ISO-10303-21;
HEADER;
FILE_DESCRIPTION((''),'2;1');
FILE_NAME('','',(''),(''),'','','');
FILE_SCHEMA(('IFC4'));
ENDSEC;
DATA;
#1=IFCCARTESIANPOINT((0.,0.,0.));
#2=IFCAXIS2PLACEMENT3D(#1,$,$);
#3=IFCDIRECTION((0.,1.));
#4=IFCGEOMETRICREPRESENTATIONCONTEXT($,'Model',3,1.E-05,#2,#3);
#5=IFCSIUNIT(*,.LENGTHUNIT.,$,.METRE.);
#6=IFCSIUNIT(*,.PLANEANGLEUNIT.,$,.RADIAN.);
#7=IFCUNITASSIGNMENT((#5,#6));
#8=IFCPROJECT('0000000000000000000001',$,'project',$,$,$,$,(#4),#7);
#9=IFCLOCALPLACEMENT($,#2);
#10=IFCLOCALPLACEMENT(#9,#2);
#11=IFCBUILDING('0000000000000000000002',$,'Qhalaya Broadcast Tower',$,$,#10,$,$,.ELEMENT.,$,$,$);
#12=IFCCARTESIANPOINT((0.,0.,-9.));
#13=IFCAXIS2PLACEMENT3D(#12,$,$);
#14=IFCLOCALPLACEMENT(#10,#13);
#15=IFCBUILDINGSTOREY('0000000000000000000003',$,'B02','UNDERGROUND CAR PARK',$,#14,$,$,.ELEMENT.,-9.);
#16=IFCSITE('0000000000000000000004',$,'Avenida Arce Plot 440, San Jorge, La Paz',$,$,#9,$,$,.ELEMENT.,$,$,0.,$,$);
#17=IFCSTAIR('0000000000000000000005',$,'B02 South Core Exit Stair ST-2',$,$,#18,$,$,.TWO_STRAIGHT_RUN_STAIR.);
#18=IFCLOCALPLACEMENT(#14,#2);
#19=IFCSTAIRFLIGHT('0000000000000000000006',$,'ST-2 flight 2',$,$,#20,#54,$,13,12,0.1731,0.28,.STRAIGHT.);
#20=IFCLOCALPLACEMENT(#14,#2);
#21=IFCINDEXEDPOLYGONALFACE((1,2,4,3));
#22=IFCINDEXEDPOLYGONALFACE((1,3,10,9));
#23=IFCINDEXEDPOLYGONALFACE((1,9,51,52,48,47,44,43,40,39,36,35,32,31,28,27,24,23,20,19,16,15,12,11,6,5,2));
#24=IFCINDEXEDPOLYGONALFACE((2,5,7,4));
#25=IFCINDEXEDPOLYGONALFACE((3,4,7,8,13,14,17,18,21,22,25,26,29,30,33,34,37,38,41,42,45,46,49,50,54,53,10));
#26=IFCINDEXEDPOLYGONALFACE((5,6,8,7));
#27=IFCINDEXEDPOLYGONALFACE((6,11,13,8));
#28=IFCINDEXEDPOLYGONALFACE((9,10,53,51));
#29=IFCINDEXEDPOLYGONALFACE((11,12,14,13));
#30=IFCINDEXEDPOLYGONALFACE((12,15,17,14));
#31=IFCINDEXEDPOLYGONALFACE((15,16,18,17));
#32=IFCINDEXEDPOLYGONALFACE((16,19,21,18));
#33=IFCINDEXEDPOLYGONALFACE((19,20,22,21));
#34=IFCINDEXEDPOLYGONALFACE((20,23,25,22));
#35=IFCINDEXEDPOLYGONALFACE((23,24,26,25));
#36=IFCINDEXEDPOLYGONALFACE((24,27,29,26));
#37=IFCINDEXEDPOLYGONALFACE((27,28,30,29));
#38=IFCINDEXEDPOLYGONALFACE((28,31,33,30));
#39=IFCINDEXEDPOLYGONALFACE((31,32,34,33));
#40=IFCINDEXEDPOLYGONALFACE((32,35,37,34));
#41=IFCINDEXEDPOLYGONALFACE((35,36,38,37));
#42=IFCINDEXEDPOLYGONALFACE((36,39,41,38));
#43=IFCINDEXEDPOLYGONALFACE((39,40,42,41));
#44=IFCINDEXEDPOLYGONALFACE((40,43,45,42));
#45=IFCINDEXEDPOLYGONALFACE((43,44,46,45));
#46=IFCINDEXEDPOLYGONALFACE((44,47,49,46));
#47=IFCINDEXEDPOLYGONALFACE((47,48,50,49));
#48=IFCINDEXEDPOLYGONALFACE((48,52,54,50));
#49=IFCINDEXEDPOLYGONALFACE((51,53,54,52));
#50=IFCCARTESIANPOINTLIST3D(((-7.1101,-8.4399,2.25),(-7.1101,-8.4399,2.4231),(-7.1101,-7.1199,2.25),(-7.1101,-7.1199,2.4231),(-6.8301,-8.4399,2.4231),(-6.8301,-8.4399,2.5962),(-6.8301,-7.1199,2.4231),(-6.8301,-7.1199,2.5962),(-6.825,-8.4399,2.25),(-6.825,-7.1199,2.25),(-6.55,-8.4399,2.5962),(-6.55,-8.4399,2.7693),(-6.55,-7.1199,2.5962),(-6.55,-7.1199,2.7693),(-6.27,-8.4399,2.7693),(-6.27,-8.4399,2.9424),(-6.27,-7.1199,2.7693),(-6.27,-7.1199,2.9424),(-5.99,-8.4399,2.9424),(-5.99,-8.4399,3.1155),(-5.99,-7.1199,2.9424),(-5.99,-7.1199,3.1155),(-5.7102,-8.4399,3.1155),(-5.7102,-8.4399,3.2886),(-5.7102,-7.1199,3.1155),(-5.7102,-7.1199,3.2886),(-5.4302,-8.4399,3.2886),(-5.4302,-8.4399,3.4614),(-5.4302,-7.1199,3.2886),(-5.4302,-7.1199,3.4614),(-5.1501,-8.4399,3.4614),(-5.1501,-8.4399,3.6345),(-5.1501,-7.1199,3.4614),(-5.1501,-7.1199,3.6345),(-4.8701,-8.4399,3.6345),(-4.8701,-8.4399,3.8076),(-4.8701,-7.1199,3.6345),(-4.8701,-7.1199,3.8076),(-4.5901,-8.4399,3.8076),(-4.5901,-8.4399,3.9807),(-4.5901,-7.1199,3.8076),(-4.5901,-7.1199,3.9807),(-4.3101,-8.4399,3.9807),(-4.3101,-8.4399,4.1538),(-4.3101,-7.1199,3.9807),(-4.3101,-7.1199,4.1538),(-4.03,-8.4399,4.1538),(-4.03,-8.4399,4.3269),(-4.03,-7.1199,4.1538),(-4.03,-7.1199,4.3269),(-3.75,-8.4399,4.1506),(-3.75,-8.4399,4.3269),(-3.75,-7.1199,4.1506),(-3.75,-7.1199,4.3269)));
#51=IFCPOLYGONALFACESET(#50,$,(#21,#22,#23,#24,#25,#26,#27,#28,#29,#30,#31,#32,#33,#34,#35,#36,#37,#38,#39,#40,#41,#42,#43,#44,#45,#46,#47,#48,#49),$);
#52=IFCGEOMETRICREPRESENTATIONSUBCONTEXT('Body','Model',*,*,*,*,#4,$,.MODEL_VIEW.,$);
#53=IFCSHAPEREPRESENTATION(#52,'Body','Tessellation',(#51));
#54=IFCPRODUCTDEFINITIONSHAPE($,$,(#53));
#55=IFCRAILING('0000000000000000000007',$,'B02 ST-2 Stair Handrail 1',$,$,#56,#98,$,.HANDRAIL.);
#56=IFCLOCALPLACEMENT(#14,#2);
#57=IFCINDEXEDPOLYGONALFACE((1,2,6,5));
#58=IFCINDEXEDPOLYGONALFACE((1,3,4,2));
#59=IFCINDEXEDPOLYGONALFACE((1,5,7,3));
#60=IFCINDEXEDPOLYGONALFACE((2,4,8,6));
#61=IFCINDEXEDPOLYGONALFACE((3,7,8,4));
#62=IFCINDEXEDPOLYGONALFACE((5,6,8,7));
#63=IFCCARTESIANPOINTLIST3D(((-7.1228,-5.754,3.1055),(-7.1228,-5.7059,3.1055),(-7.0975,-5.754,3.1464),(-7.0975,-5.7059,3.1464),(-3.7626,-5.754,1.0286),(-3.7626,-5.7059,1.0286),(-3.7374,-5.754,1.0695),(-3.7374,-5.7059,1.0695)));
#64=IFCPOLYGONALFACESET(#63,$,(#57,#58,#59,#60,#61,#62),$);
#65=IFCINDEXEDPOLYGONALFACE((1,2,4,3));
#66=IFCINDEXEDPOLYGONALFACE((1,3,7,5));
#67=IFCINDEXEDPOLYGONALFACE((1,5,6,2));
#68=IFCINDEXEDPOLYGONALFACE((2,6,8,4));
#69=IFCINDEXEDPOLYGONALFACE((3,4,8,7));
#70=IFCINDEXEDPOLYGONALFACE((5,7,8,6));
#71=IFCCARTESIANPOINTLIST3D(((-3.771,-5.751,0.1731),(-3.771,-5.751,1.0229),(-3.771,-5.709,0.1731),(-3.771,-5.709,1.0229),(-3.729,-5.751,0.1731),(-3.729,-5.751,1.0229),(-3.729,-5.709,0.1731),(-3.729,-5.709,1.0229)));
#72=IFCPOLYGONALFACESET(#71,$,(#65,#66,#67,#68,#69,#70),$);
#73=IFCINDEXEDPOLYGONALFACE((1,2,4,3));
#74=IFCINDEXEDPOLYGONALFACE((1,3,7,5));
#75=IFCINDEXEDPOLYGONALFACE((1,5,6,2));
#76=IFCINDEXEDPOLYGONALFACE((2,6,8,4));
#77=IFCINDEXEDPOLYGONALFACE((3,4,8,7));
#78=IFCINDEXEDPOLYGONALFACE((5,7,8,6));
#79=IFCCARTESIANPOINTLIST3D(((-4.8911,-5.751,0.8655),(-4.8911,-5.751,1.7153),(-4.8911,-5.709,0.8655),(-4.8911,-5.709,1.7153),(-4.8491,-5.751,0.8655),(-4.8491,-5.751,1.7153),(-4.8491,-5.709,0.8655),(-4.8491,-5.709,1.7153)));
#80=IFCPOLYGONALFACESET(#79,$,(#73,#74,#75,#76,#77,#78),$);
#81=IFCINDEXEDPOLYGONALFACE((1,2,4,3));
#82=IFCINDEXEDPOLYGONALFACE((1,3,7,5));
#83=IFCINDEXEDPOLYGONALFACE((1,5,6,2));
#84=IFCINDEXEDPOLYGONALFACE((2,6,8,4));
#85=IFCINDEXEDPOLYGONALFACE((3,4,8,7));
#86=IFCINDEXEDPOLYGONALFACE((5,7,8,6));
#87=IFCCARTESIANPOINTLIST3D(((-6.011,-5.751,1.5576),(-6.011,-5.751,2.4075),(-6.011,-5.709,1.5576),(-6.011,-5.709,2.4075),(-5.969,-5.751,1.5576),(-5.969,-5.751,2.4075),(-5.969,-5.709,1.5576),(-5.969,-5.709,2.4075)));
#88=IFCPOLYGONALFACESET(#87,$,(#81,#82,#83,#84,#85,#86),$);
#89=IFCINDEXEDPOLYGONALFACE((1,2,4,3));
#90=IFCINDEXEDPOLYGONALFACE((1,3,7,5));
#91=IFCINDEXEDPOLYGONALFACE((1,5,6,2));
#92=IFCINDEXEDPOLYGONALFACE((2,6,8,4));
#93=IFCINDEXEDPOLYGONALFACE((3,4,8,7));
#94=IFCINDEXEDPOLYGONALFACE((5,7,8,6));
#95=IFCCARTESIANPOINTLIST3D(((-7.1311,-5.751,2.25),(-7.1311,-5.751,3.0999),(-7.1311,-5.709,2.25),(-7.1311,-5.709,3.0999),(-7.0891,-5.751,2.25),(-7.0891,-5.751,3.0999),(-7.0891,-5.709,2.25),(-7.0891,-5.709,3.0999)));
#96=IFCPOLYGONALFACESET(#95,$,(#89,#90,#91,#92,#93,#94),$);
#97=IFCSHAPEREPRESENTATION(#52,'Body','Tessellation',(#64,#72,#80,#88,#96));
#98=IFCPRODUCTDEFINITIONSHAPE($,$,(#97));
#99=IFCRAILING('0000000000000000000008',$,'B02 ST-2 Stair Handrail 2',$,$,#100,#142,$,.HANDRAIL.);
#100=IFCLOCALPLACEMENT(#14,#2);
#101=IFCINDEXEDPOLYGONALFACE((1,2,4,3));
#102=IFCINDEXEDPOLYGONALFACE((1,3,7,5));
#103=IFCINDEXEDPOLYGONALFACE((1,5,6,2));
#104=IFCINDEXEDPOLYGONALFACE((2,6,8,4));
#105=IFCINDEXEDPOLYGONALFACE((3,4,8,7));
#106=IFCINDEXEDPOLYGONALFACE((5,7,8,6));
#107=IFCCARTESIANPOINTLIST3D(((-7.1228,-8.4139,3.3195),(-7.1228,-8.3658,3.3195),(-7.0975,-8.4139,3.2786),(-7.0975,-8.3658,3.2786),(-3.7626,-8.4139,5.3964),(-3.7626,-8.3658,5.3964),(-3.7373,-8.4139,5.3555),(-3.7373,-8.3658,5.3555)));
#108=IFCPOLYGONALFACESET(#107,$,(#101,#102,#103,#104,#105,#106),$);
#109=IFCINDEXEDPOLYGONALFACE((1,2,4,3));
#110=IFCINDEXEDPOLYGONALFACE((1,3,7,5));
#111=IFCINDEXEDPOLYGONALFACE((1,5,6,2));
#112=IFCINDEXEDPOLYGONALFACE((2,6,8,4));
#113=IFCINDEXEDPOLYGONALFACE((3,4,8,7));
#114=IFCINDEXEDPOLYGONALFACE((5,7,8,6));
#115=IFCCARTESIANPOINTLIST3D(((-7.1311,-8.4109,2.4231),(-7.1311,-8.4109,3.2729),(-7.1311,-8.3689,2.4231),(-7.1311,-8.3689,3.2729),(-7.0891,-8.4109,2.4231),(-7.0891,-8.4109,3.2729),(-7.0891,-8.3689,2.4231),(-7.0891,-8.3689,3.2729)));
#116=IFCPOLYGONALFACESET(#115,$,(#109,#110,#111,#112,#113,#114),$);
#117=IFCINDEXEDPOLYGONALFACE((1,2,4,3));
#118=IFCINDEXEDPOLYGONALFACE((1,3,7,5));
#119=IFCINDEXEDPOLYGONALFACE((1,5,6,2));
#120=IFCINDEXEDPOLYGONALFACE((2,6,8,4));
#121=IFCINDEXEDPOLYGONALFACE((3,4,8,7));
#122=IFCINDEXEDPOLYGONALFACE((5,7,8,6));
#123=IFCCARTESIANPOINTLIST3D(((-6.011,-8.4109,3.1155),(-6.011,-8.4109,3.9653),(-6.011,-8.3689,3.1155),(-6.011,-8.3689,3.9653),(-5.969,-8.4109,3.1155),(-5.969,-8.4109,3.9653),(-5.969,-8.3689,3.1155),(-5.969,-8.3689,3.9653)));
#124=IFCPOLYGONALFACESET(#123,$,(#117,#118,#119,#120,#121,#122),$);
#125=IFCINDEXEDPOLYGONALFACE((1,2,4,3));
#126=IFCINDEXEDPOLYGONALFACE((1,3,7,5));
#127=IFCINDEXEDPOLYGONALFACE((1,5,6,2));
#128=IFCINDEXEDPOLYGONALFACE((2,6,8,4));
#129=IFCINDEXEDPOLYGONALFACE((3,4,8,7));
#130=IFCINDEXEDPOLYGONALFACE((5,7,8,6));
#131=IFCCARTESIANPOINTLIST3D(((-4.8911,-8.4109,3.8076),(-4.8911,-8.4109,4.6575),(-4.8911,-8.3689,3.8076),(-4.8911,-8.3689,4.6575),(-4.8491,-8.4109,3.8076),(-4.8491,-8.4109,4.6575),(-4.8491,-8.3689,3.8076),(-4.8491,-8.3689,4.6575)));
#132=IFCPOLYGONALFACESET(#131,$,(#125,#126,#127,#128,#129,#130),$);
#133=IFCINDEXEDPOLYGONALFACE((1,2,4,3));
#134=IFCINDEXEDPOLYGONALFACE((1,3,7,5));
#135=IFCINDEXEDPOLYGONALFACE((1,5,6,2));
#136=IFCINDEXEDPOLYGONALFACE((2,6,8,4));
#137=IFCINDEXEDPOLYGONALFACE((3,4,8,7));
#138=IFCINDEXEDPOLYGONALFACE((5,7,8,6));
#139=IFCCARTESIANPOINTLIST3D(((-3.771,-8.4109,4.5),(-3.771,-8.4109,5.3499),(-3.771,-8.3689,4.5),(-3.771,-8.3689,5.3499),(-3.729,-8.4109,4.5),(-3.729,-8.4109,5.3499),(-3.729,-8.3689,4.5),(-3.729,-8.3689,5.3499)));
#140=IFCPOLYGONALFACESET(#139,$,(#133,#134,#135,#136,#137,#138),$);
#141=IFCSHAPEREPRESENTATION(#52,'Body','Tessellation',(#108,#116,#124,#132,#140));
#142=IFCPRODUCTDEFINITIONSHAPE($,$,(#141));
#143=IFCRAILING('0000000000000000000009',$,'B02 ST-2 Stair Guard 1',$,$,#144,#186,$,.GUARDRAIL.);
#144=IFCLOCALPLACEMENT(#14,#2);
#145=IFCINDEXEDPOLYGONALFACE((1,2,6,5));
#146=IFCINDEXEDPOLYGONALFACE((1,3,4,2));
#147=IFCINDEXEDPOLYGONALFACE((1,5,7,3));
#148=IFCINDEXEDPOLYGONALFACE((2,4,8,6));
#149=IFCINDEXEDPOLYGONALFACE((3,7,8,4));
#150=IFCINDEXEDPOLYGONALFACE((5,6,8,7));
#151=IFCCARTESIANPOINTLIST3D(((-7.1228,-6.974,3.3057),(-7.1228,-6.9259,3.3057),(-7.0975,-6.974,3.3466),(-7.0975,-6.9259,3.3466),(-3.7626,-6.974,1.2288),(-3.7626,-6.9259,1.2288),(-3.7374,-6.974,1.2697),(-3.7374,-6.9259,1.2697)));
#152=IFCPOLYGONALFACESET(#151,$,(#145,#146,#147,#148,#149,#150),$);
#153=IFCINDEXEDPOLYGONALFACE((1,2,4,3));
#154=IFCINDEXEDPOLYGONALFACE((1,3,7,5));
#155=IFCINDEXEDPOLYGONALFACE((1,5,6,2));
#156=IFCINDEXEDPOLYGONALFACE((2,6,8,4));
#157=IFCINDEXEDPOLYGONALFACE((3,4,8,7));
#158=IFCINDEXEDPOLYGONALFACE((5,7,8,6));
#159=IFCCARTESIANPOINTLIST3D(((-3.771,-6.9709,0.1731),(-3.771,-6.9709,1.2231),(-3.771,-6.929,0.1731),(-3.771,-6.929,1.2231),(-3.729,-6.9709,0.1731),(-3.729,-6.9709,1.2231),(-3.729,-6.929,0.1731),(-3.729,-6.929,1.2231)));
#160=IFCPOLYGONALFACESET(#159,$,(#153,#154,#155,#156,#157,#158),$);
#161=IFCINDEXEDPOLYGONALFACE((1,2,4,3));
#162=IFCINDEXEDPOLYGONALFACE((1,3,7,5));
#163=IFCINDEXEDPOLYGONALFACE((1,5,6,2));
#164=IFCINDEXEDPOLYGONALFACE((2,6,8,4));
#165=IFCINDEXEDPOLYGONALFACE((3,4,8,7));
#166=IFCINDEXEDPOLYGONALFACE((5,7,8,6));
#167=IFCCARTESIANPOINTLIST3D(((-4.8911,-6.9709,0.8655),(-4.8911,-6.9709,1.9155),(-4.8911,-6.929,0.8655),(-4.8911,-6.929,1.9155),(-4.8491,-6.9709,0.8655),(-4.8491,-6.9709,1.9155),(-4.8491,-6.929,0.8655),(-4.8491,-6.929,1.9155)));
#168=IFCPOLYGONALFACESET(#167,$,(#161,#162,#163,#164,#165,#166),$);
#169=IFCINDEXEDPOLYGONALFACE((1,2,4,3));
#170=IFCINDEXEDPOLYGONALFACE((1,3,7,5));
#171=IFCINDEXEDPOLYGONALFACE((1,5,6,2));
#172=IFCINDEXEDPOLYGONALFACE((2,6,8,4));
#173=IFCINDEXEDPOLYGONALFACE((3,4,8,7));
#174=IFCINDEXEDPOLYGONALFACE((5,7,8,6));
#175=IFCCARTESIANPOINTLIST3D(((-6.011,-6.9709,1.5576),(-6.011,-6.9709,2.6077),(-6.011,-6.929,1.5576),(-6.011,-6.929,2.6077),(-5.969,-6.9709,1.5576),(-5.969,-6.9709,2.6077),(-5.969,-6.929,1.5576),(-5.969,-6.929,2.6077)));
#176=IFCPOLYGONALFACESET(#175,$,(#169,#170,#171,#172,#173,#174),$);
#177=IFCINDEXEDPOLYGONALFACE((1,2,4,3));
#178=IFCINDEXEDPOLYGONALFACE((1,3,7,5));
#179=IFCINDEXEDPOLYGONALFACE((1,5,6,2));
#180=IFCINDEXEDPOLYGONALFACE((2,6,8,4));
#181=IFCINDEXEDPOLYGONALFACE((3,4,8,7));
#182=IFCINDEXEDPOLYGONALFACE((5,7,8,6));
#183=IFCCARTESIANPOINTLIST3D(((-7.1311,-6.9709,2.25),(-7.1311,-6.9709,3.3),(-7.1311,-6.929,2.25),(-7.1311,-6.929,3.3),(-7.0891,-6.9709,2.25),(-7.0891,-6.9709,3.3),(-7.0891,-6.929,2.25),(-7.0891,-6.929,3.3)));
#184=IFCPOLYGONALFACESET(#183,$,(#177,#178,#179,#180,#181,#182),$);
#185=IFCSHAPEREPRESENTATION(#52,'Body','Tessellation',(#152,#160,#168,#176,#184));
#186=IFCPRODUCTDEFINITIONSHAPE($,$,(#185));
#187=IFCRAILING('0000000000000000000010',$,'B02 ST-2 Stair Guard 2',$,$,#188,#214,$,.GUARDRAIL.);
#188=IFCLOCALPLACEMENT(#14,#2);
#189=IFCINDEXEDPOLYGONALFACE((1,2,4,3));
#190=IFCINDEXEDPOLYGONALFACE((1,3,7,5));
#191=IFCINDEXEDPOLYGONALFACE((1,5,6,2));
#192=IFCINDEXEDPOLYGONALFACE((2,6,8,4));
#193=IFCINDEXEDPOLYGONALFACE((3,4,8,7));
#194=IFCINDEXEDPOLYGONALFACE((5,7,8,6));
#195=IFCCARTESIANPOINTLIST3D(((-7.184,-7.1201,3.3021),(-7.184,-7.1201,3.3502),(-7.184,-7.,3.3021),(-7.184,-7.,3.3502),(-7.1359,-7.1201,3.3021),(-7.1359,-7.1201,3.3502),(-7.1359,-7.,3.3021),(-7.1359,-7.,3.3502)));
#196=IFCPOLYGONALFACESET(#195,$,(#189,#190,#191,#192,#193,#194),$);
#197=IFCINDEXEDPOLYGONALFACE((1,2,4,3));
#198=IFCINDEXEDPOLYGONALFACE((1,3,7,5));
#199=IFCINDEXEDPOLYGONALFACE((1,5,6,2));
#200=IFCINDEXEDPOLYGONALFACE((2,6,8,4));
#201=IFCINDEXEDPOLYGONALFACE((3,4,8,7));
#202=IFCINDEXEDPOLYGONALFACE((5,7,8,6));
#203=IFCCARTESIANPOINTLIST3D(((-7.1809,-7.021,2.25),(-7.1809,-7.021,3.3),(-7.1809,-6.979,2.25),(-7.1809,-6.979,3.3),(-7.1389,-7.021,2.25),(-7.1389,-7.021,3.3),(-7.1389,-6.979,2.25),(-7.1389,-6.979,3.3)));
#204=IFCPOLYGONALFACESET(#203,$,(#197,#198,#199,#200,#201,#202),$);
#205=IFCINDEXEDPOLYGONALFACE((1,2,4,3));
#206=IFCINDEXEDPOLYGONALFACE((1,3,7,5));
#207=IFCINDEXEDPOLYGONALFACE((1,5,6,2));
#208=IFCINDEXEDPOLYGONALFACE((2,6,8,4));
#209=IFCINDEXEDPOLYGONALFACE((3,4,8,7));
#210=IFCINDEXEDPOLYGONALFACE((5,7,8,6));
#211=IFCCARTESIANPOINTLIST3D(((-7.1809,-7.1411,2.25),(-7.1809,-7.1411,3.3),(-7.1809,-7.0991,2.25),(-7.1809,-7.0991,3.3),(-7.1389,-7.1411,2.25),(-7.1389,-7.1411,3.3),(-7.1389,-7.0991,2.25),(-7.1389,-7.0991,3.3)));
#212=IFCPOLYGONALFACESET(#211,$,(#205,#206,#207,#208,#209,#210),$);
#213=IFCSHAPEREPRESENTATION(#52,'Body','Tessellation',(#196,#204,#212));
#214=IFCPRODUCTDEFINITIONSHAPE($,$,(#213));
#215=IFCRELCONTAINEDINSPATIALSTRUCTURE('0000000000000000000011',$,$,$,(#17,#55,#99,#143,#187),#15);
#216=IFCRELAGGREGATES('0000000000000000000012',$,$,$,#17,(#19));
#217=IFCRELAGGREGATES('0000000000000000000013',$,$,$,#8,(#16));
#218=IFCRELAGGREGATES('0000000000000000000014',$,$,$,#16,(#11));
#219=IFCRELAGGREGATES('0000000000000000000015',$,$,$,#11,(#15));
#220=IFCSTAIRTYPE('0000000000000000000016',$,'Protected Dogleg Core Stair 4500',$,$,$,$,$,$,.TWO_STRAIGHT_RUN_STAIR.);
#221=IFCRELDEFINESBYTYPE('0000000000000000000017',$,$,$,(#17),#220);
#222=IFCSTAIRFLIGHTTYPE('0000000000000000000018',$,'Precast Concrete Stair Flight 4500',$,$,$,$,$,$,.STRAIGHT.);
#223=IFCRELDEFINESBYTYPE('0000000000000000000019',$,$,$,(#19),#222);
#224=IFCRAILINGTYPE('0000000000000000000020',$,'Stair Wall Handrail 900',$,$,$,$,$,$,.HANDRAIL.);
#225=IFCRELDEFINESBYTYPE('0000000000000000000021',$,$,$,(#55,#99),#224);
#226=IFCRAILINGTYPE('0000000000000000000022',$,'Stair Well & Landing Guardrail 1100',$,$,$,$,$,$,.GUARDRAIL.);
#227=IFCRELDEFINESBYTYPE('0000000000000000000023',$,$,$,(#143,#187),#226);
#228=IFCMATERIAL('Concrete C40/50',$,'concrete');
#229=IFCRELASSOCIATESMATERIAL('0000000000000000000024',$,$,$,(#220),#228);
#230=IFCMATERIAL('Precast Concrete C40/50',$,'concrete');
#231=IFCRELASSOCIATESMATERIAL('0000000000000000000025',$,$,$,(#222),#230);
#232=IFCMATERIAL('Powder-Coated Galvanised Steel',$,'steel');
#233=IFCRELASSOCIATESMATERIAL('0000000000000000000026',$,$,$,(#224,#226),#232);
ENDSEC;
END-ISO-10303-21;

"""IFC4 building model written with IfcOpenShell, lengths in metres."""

from ifc_helpers import new_model, si_unit, direction, frame, origin, origin_2d, place, context, subcontext, project, spatial, polyline, rectangle, outline, extrude, material, type_object, element, aggregate, save


model = new_model("IFC4")

# Units and contexts
model_context = context("Model", 3, precision=1e-05, world=origin(), true_north=direction((0.0, 1.0)))
body_context = subcontext(model_context, "Body", "Model", "MODEL_VIEW")
ifc_project = project(units=[si_unit("LENGTHUNIT", "METRE"), si_unit("PLANEANGLEUNIT", "RADIAN")], contexts=[model_context])

# Site, building, storey
site_placement = place(None, origin())
site = spatial("IfcSite", under=ifc_project, at=site_placement, Name="Avenida Arce Plot 440, San Jorge, La Paz", CompositionType="ELEMENT", RefElevation=0.0)
building_placement = place(site_placement, origin())
building = spatial("IfcBuilding", under=site, at=building_placement, Name="Qhalaya Broadcast Tower", CompositionType="ELEMENT")
storey_placement = place(building_placement, frame((0.0, 0.0, -9.0)))
storey = spatial("IfcBuildingStorey", under=building, at=storey_placement, Name="B02", Description="UNDERGROUND CAR PARK", CompositionType="ELEMENT", Elevation=-9.0)

# Stair, stair flight
ifc_material_1 = material(Name="Concrete C40/50", Category="concrete")
stair_type = type_object("IfcStairType", Name="Protected Dogleg Core Stair 4500", PredefinedType="TWO_STRAIGHT_RUN_STAIR", material=ifc_material_1)
stair_placement = place(storey_placement, origin())
stair = element("IfcStair", 1, at=stair_placement, inside=storey, type_object=stair_type, Name="B02 South Core Exit Stair ST-2", PredefinedType="TWO_STRAIGHT_RUN_STAIR")
ifc_material_2 = material(Name="Precast Concrete C40/50", Category="concrete")
stair_flight_type = type_object("IfcStairFlightType", Name="Precast Concrete Stair Flight 4500", PredefinedType="STRAIGHT", material=ifc_material_2)
stair_flight_1_placement = place(storey_placement, frame((-7.1101, -7.78, 2.25), z_axis=(0.0, 0.0, 1.0), x_axis=(1.0, 0.0, 0.0)))
stair_flight_1 = element("IfcStairFlight", 2, at=stair_flight_1_placement, type_object=stair_flight_type, Name="ST-2 flight 2", NumberOfRisers=13, NumberOfTreads=12, PredefinedType="STRAIGHT", RiserHeight=0.1731, TreadLength=0.28, context=body_context, shape_type="SweptSolid", body=[
    extrude(outline(polyline([(0.0, 0.0), (0.0, 0.1731), (0.28, 0.1731), (0.28, 0.3462), (0.5601, 0.3462), (0.5601, 0.5193), (0.8401, 0.5193), (0.8401, 0.6924), (1.1201, 0.6924), (1.1201, 0.8655), (1.3999, 0.8655), (1.3999, 1.0386), (1.6799, 1.0386), (1.6799, 1.2114), (1.96, 1.2114), (1.96, 1.3845), (2.24, 1.3845), (2.24, 1.5576), (2.52, 1.5576), (2.52, 1.7307), (2.8, 1.7307), (2.8, 1.9038), (3.0801, 1.9038), (3.0801, 2.0769), (3.3601, 2.0769), (3.3601, 2.25), (3.3601, 1.9006), (0.2852, 0.0), (0.0, 0.0)])), frame((0.0, 0.6602, 0.0), z_axis=(0.0, -1.0, 0.0), x_axis=(1.0, 0.0, 0.0)), (0.0, 0.0, 1.0), 1.3201),
])
aggregate(stair, [stair_flight_1])

# Railings
ifc_material_3 = material(Name="Powder-Coated Galvanised Steel", Category="steel")
railing_type_1 = type_object("IfcRailingType", Name="Stair Wall Handrail 900", PredefinedType="HANDRAIL", material=ifc_material_3)
railing_1_placement = place(storey_placement, frame((-3.75, -5.73, 0.1731)))
element("IfcRailing", 3, at=railing_1_placement, inside=storey, type_object=railing_type_1, Name="B02 ST-2 Stair Handrail 1", PredefinedType="HANDRAIL", context=body_context, shape_type="SweptSolid", body=[
    extrude(rectangle(XDim=0.0481, YDim=0.0481, at=origin_2d()), frame((0.0, 0.0, 0.876), z_axis=(-0.850623, 0.0, 0.525776), x_axis=(0.0, -1.0, 0.0)), (0.0, 0.0, 1.0), 3.9502),
    extrude(rectangle(XDim=0.042, YDim=0.042, at=origin_2d()), origin(), (0.0, 0.0, 1.0), 0.8499),
    extrude(rectangle(XDim=0.042, YDim=0.042, at=origin_2d()), frame((-1.1201, 0.0, 0.6924)), (0.0, 0.0, 1.0), 0.8499),
    extrude(rectangle(XDim=0.042, YDim=0.042, at=origin_2d()), frame((-2.24, 0.0, 1.3845)), (0.0, 0.0, 1.0), 0.8499),
    extrude(rectangle(XDim=0.042, YDim=0.042, at=origin_2d()), frame((-3.3601, 0.0, 2.0769)), (0.0, 0.0, 1.0), 0.8499),
])
railing_2_placement = place(storey_placement, frame((-7.1101, -8.3899, 2.4231)))
element("IfcRailing", 4, at=railing_2_placement, inside=storey, type_object=railing_type_1, Name="B02 ST-2 Stair Handrail 2", PredefinedType="HANDRAIL", context=body_context, shape_type="SweptSolid", body=[
    extrude(rectangle(XDim=0.0481, YDim=0.0481, at=origin_2d()), frame((0.0, 0.0, 0.876), z_axis=(0.850623, 0.0, 0.525776), x_axis=(0.0, 1.0, 0.0)), (0.0, 0.0, 1.0), 3.9502),
    extrude(rectangle(XDim=0.042, YDim=0.042, at=origin_2d()), origin(), (0.0, 0.0, 1.0), 0.8499),
    extrude(rectangle(XDim=0.042, YDim=0.042, at=origin_2d()), frame((1.1201, 0.0, 0.6924)), (0.0, 0.0, 1.0), 0.8499),
    extrude(rectangle(XDim=0.042, YDim=0.042, at=origin_2d()), frame((2.24, 0.0, 1.3845)), (0.0, 0.0, 1.0), 0.8499),
    extrude(rectangle(XDim=0.042, YDim=0.042, at=origin_2d()), frame((3.3601, 0.0, 2.0769)), (0.0, 0.0, 1.0), 0.8499),
])
railing_type_2 = type_object("IfcRailingType", Name="Stair Well & Landing Guardrail 1100", PredefinedType="GUARDRAIL", material=ifc_material_3)
railing_3_placement = place(storey_placement, frame((-3.75, -6.95, 0.1731)))
element("IfcRailing", 5, at=railing_3_placement, inside=storey, type_object=railing_type_2, Name="B02 ST-2 Stair Guard 1", PredefinedType="GUARDRAIL", context=body_context, shape_type="SweptSolid", body=[
    extrude(rectangle(XDim=0.0481, YDim=0.0481, at=origin_2d()), frame((0.0, 0.0, 1.0762), z_axis=(-0.850623, 0.0, 0.525776), x_axis=(0.0, -1.0, 0.0)), (0.0, 0.0, 1.0), 3.9502),
    extrude(rectangle(XDim=0.042, YDim=0.042, at=origin_2d()), origin(), (0.0, 0.0, 1.0), 1.05),
    extrude(rectangle(XDim=0.042, YDim=0.042, at=origin_2d()), frame((-1.1201, 0.0, 0.6924)), (0.0, 0.0, 1.0), 1.05),
    extrude(rectangle(XDim=0.042, YDim=0.042, at=origin_2d()), frame((-2.24, 0.0, 1.3845)), (0.0, 0.0, 1.0), 1.05),
    extrude(rectangle(XDim=0.042, YDim=0.042, at=origin_2d()), frame((-3.3601, 0.0, 2.0769)), (0.0, 0.0, 1.0), 1.05),
])
railing_4_placement = place(storey_placement, frame((-7.1599, -7.0, 2.25)))
element("IfcRailing", 6, at=railing_4_placement, inside=storey, type_object=railing_type_2, Name="B02 ST-2 Stair Guard 2", PredefinedType="GUARDRAIL", context=body_context, shape_type="SweptSolid", body=[
    extrude(rectangle(XDim=0.0481, YDim=0.0481, at=origin_2d()), frame((0.0, 0.0, 1.0762), z_axis=(0.0, -1.0, 0.0), x_axis=(1.0, 0.0, 0.0)), (0.0, 0.0, 1.0), 0.1201),
    extrude(rectangle(XDim=0.042, YDim=0.042, at=origin_2d()), origin(), (0.0, 0.0, 1.0), 1.05),
    extrude(rectangle(XDim=0.042, YDim=0.042, at=origin_2d()), frame((0.0, -0.1201, 0.0)), (0.0, 0.0, 1.0), 1.05),
])

save(model, "model.ifc")
